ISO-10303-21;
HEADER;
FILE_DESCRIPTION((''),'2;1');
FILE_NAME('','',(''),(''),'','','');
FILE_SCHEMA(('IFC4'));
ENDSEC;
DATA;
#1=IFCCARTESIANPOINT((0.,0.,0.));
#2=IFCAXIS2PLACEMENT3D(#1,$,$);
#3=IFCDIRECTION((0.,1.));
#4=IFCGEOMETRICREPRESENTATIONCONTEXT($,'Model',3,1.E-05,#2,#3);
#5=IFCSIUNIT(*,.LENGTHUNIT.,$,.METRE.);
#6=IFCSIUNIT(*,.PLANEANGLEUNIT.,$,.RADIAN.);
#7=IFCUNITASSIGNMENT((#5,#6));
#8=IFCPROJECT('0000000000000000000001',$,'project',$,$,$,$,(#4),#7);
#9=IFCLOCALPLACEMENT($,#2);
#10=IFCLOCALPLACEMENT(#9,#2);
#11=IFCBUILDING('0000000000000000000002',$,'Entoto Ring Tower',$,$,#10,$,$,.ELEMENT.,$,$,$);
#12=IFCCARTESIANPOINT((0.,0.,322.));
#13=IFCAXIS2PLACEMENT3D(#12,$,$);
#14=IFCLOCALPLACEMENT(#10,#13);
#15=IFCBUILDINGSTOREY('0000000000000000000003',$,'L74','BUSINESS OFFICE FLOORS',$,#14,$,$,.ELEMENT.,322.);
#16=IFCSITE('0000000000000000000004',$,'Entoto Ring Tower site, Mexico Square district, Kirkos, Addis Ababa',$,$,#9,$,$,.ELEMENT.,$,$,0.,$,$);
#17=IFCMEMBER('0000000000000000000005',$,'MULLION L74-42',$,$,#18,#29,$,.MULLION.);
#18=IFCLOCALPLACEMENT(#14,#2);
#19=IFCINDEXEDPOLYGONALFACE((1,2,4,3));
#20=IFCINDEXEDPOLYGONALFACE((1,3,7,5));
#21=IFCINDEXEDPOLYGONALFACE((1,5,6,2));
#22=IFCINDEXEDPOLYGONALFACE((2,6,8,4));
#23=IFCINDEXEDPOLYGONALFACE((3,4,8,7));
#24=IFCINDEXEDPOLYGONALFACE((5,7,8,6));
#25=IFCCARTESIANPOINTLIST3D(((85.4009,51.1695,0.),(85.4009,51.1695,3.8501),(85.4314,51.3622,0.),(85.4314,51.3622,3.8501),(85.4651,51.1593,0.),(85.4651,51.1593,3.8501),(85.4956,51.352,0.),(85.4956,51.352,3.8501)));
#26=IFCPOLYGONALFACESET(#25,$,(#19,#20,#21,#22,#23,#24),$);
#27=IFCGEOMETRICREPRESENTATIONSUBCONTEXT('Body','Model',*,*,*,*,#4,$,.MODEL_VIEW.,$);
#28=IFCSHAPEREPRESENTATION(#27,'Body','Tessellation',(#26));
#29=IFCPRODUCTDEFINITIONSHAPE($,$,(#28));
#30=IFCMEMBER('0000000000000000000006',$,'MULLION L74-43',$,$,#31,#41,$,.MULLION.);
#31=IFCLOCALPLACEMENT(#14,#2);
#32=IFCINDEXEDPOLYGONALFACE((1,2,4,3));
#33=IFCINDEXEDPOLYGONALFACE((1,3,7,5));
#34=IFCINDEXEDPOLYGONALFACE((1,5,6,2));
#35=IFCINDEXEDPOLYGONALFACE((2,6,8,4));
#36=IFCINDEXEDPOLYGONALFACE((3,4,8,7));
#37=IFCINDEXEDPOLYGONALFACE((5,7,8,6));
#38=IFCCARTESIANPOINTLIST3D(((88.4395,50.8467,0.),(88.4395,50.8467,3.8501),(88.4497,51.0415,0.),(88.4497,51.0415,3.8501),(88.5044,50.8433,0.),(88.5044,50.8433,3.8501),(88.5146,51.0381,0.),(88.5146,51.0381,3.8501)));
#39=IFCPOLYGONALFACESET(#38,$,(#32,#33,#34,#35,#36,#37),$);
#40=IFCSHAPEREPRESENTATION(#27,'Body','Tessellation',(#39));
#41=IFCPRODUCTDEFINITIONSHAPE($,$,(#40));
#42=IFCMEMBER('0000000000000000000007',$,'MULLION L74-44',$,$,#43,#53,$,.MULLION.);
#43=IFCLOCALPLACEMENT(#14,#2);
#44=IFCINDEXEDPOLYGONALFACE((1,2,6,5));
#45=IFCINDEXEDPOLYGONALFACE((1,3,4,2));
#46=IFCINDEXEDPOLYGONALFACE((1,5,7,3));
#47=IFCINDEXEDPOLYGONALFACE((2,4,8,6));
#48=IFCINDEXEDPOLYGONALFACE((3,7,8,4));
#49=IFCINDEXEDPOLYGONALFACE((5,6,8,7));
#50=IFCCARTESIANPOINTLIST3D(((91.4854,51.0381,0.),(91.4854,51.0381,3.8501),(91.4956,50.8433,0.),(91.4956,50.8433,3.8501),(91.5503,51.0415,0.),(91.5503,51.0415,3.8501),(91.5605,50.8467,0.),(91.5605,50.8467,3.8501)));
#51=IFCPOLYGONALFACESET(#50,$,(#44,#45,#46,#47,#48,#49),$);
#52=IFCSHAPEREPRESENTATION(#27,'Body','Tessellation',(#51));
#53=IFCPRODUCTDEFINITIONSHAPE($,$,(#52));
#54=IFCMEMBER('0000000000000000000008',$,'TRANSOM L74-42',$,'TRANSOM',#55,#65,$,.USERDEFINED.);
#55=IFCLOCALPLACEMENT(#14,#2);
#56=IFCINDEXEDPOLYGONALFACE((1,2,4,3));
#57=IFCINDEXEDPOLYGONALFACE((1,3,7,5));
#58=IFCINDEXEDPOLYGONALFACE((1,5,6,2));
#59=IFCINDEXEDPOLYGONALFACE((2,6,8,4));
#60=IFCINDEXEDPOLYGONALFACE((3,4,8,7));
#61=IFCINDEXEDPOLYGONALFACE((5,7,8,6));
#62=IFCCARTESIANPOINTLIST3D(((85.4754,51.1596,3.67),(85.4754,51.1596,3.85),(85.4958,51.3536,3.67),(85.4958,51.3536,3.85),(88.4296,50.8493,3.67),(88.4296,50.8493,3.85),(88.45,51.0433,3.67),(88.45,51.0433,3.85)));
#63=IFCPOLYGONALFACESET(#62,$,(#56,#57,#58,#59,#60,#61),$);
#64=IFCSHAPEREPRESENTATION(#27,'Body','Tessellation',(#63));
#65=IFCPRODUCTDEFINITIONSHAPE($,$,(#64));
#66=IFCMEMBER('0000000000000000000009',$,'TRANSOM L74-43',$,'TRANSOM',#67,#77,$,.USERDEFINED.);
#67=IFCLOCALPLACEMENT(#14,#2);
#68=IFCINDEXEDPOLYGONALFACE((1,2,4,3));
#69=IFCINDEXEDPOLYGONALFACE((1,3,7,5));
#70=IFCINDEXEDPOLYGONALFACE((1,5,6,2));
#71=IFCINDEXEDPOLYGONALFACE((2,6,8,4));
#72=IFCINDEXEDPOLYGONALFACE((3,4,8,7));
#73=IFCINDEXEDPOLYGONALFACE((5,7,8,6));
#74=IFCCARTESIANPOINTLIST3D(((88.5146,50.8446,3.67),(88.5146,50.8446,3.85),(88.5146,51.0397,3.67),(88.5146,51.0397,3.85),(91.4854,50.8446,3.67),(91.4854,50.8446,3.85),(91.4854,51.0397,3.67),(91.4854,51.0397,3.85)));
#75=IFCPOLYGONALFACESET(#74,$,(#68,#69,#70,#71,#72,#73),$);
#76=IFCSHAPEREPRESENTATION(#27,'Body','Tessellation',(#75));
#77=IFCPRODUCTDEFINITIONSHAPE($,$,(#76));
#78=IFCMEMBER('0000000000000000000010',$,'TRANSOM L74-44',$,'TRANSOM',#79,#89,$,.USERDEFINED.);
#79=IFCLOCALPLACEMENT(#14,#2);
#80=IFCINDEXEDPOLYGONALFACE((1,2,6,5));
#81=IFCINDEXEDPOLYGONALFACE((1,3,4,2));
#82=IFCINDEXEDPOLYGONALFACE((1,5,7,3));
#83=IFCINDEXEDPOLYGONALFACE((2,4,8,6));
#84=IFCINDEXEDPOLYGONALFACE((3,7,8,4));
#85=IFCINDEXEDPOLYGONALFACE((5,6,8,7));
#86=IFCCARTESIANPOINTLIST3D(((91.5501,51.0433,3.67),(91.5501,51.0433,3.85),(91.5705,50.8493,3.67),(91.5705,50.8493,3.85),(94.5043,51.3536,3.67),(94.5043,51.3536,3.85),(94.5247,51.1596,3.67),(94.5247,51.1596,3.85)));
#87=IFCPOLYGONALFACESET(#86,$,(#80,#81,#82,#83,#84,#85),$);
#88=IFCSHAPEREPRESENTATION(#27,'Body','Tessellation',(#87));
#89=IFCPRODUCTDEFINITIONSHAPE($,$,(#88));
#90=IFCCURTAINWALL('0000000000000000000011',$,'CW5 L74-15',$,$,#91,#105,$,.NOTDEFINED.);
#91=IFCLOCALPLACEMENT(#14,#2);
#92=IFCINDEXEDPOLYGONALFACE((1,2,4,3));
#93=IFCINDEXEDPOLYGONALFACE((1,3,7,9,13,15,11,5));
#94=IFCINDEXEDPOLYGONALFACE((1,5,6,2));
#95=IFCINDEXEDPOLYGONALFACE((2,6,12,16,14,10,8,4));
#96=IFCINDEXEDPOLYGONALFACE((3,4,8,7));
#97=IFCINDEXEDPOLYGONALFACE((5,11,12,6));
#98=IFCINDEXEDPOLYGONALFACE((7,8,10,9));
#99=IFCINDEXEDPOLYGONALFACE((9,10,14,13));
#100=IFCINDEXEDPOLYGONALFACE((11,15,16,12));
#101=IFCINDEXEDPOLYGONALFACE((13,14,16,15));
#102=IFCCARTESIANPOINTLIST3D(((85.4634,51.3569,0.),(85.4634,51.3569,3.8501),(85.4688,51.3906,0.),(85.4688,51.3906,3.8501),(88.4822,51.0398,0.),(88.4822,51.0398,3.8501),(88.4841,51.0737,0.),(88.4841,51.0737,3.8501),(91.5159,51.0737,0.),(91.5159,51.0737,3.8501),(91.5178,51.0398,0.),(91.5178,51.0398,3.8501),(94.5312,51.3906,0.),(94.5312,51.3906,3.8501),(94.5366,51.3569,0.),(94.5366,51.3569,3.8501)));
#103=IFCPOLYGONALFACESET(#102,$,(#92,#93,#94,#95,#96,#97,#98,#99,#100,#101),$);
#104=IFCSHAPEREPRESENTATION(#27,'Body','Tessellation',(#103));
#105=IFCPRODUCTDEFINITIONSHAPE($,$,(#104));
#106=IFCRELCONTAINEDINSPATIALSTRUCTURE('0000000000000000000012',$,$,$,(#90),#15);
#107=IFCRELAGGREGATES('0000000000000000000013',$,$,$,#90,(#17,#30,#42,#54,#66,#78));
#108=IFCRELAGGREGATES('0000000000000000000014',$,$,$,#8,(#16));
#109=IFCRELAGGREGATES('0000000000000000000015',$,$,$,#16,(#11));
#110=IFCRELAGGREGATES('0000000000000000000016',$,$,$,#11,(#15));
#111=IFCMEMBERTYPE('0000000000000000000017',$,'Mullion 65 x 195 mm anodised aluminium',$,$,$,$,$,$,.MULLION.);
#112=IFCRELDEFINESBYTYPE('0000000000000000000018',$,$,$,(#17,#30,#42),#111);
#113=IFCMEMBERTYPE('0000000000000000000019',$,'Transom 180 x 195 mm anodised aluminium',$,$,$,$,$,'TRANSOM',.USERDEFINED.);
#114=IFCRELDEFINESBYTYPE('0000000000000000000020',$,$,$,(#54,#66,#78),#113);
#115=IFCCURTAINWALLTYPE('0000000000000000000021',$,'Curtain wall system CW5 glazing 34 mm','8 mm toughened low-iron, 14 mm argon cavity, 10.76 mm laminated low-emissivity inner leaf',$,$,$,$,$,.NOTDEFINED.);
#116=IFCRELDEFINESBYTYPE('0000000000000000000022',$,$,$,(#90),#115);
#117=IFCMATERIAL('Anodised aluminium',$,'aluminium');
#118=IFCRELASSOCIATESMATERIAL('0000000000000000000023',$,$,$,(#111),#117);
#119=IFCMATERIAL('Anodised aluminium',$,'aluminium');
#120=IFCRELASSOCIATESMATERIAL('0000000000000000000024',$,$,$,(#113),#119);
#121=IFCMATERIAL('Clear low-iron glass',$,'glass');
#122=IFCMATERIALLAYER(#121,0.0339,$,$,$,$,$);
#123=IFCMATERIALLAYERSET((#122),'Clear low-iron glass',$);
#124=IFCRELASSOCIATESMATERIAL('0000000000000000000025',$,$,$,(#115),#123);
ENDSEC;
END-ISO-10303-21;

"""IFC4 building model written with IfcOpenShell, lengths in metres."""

from ifc_helpers import new_model, si_unit, direction, frame, origin, origin_2d, place, context, subcontext, project, spatial, polyline, rectangle, outline, extrude, material, layer, layer_set, material_profile, profile_set, type_object, element, aggregate, save


model = new_model("IFC4")

# Units and contexts
model_context = context("Model", 3, precision=1e-05, world=origin(), true_north=direction((0.0, 1.0)))
body_context = subcontext(model_context, "Body", "Model", "MODEL_VIEW")
ifc_project = project(units=[si_unit("LENGTHUNIT", "METRE"), si_unit("PLANEANGLEUNIT", "RADIAN")], contexts=[model_context])

# Members
ifc_material_1 = material(Name="Anodised aluminium", Category="aluminium")
ifc_material_profile_1 = material_profile(ifc_material_1, rectangle(XDim=0.0649, YDim=0.1951, at=origin_2d()), Name="Mullion 65 x 195 mm anodised aluminium")
ifc_profile_set_1 = profile_set([ifc_material_profile_1], Name="Anodised aluminium")
member_type_1 = type_object("IfcMemberType", Name="Mullion 65 x 195 mm anodised aluminium", PredefinedType="MULLION", material=ifc_profile_set_1)
site_placement = place(None, origin())
building_placement = place(site_placement, origin())
storey_placement = place(building_placement, frame((0.0, 0.0, 322.0)))
member_1_placement = place(storey_placement, frame((85.4482, 51.2607, 0.0), z_axis=(0.0, 0.0, 1.0), x_axis=(0.987688, -0.156434, 0.0)))
member_1 = element("IfcMember", 1, at=member_1_placement, type_object=member_type_1, Name="MULLION L74-42", PredefinedType="MULLION", context=body_context, shape_type="SweptSolid", body=[
    extrude(rectangle(XDim=0.0649, YDim=0.1951, at=origin_2d()), origin(), (0.0, 0.0, 1.0), 3.8501),
])
member_2_placement = place(storey_placement, frame((88.4771, 50.9424, 0.0), z_axis=(0.0, 0.0, 1.0), x_axis=(0.99863, -0.052336, 0.0)))
member_2 = element("IfcMember", 2, at=member_2_placement, type_object=member_type_1, Name="MULLION L74-43", PredefinedType="MULLION", context=body_context, shape_type="SweptSolid", body=[
    extrude(rectangle(XDim=0.0649, YDim=0.1951, at=origin_2d()), origin(), (0.0, 0.0, 1.0), 3.8501),
])
member_3_placement = place(storey_placement, frame((91.5229, 50.9424, 0.0), z_axis=(0.0, 0.0, 1.0), x_axis=(0.99863, 0.052336, 0.0)))
member_3 = element("IfcMember", 3, at=member_3_placement, type_object=member_type_1, Name="MULLION L74-44", PredefinedType="MULLION", context=body_context, shape_type="SweptSolid", body=[
    extrude(rectangle(XDim=0.0649, YDim=0.1951, at=origin_2d()), origin(), (0.0, 0.0, 1.0), 3.8501),
])
ifc_material_2 = material(Name="Anodised aluminium", Category="aluminium")
ifc_material_profile_2 = material_profile(ifc_material_2, rectangle(XDim=0.1951, YDim=0.1799, at=origin_2d()), Name="Transom 180 x 195 mm anodised aluminium")
ifc_profile_set_2 = profile_set([ifc_material_profile_2], Name="Anodised aluminium")
member_type_2 = type_object("IfcMemberType", Name="Transom 180 x 195 mm anodised aluminium", ElementType="TRANSOM", PredefinedType="USERDEFINED", material=ifc_profile_set_2)
member_4_placement = place(storey_placement, frame((85.4856, 51.2566, 3.76), z_axis=(0.994528, -0.104467, 0.0), x_axis=(0.104467, 0.994528, 0.0)))
member_4 = element("IfcMember", 4, at=member_4_placement, type_object=member_type_2, Name="TRANSOM L74-42", ObjectType="TRANSOM", PredefinedType="USERDEFINED", context=body_context, shape_type="SweptSolid", body=[
    extrude(rectangle(XDim=0.1951, YDim=0.1799, at=origin_2d()), origin(), (0.0, 0.0, 1.0), 2.9705),
])
member_5_placement = place(storey_placement, frame((88.5146, 50.9421, 3.76), z_axis=(1.0, 0.0, 0.0), x_axis=(0.0, 1.0, 0.0)))
member_5 = element("IfcMember", 5, at=member_5_placement, type_object=member_type_2, Name="TRANSOM L74-43", ObjectType="TRANSOM", PredefinedType="USERDEFINED", context=body_context, shape_type="SweptSolid", body=[
    extrude(rectangle(XDim=0.1951, YDim=0.1799, at=origin_2d()), origin(), (0.0, 0.0, 1.0), 2.9707),
])
member_6_placement = place(storey_placement, frame((91.5603, 50.9463, 3.76), z_axis=(0.994528, 0.104467, 0.0), x_axis=(-0.104467, 0.994528, 0.0)))
member_6 = element("IfcMember", 6, at=member_6_placement, type_object=member_type_2, Name="TRANSOM L74-44", ObjectType="TRANSOM", PredefinedType="USERDEFINED", context=body_context, shape_type="SweptSolid", body=[
    extrude(rectangle(XDim=0.1951, YDim=0.1799, at=origin_2d()), origin(), (0.0, 0.0, 1.0), 2.9705),
])

# Site, building, storey
site = spatial("IfcSite", under=ifc_project, at=site_placement, Name="Entoto Ring Tower site, Mexico Square district, Kirkos, Addis Ababa", CompositionType="ELEMENT", RefElevation=0.0)
building = spatial("IfcBuilding", under=site, at=building_placement, Name="Entoto Ring Tower", CompositionType="ELEMENT")
storey = spatial("IfcBuildingStorey", under=building, at=storey_placement, Name="L74", Description="BUSINESS OFFICE FLOORS", CompositionType="ELEMENT", Elevation=322.0)

# Curtain wall
ifc_material_3 = material(Name="Clear low-iron glass", Category="glass")
ifc_layer = layer(ifc_material_3, 0.0339)
ifc_layer_set = layer_set([ifc_layer], Name="Clear low-iron glass")
curtain_wall_type = type_object("IfcCurtainWallType", Name="Curtain wall system CW5 glazing 34 mm", Description="8 mm toughened low-iron, 14 mm argon cavity, 10.76 mm laminated low-emissivity inner leaf", PredefinedType="NOTDEFINED", material=ifc_layer_set)
curtain_wall_1_placement = place(storey_placement, origin())
curtain_wall_1 = element("IfcCurtainWall", 7, at=curtain_wall_1_placement, inside=storey, type_object=curtain_wall_type, Name="CW5 L74-15", PredefinedType="NOTDEFINED", context=body_context, shape_type="SweptSolid", body=[
    extrude(outline(polyline([(85.4634, 51.3569), (88.4822, 51.0398), (91.5178, 51.0398), (94.5366, 51.3569), (94.5312, 51.3906), (91.5159, 51.0737), (88.4841, 51.0737), (85.4688, 51.3906), (85.4634, 51.3569)])), origin(), (0.0, 0.0, 1.0), 3.8501),
])
aggregate(curtain_wall_1, [member_1, member_2, member_3, member_4, member_5, member_6])

save(model, "model.ifc")
